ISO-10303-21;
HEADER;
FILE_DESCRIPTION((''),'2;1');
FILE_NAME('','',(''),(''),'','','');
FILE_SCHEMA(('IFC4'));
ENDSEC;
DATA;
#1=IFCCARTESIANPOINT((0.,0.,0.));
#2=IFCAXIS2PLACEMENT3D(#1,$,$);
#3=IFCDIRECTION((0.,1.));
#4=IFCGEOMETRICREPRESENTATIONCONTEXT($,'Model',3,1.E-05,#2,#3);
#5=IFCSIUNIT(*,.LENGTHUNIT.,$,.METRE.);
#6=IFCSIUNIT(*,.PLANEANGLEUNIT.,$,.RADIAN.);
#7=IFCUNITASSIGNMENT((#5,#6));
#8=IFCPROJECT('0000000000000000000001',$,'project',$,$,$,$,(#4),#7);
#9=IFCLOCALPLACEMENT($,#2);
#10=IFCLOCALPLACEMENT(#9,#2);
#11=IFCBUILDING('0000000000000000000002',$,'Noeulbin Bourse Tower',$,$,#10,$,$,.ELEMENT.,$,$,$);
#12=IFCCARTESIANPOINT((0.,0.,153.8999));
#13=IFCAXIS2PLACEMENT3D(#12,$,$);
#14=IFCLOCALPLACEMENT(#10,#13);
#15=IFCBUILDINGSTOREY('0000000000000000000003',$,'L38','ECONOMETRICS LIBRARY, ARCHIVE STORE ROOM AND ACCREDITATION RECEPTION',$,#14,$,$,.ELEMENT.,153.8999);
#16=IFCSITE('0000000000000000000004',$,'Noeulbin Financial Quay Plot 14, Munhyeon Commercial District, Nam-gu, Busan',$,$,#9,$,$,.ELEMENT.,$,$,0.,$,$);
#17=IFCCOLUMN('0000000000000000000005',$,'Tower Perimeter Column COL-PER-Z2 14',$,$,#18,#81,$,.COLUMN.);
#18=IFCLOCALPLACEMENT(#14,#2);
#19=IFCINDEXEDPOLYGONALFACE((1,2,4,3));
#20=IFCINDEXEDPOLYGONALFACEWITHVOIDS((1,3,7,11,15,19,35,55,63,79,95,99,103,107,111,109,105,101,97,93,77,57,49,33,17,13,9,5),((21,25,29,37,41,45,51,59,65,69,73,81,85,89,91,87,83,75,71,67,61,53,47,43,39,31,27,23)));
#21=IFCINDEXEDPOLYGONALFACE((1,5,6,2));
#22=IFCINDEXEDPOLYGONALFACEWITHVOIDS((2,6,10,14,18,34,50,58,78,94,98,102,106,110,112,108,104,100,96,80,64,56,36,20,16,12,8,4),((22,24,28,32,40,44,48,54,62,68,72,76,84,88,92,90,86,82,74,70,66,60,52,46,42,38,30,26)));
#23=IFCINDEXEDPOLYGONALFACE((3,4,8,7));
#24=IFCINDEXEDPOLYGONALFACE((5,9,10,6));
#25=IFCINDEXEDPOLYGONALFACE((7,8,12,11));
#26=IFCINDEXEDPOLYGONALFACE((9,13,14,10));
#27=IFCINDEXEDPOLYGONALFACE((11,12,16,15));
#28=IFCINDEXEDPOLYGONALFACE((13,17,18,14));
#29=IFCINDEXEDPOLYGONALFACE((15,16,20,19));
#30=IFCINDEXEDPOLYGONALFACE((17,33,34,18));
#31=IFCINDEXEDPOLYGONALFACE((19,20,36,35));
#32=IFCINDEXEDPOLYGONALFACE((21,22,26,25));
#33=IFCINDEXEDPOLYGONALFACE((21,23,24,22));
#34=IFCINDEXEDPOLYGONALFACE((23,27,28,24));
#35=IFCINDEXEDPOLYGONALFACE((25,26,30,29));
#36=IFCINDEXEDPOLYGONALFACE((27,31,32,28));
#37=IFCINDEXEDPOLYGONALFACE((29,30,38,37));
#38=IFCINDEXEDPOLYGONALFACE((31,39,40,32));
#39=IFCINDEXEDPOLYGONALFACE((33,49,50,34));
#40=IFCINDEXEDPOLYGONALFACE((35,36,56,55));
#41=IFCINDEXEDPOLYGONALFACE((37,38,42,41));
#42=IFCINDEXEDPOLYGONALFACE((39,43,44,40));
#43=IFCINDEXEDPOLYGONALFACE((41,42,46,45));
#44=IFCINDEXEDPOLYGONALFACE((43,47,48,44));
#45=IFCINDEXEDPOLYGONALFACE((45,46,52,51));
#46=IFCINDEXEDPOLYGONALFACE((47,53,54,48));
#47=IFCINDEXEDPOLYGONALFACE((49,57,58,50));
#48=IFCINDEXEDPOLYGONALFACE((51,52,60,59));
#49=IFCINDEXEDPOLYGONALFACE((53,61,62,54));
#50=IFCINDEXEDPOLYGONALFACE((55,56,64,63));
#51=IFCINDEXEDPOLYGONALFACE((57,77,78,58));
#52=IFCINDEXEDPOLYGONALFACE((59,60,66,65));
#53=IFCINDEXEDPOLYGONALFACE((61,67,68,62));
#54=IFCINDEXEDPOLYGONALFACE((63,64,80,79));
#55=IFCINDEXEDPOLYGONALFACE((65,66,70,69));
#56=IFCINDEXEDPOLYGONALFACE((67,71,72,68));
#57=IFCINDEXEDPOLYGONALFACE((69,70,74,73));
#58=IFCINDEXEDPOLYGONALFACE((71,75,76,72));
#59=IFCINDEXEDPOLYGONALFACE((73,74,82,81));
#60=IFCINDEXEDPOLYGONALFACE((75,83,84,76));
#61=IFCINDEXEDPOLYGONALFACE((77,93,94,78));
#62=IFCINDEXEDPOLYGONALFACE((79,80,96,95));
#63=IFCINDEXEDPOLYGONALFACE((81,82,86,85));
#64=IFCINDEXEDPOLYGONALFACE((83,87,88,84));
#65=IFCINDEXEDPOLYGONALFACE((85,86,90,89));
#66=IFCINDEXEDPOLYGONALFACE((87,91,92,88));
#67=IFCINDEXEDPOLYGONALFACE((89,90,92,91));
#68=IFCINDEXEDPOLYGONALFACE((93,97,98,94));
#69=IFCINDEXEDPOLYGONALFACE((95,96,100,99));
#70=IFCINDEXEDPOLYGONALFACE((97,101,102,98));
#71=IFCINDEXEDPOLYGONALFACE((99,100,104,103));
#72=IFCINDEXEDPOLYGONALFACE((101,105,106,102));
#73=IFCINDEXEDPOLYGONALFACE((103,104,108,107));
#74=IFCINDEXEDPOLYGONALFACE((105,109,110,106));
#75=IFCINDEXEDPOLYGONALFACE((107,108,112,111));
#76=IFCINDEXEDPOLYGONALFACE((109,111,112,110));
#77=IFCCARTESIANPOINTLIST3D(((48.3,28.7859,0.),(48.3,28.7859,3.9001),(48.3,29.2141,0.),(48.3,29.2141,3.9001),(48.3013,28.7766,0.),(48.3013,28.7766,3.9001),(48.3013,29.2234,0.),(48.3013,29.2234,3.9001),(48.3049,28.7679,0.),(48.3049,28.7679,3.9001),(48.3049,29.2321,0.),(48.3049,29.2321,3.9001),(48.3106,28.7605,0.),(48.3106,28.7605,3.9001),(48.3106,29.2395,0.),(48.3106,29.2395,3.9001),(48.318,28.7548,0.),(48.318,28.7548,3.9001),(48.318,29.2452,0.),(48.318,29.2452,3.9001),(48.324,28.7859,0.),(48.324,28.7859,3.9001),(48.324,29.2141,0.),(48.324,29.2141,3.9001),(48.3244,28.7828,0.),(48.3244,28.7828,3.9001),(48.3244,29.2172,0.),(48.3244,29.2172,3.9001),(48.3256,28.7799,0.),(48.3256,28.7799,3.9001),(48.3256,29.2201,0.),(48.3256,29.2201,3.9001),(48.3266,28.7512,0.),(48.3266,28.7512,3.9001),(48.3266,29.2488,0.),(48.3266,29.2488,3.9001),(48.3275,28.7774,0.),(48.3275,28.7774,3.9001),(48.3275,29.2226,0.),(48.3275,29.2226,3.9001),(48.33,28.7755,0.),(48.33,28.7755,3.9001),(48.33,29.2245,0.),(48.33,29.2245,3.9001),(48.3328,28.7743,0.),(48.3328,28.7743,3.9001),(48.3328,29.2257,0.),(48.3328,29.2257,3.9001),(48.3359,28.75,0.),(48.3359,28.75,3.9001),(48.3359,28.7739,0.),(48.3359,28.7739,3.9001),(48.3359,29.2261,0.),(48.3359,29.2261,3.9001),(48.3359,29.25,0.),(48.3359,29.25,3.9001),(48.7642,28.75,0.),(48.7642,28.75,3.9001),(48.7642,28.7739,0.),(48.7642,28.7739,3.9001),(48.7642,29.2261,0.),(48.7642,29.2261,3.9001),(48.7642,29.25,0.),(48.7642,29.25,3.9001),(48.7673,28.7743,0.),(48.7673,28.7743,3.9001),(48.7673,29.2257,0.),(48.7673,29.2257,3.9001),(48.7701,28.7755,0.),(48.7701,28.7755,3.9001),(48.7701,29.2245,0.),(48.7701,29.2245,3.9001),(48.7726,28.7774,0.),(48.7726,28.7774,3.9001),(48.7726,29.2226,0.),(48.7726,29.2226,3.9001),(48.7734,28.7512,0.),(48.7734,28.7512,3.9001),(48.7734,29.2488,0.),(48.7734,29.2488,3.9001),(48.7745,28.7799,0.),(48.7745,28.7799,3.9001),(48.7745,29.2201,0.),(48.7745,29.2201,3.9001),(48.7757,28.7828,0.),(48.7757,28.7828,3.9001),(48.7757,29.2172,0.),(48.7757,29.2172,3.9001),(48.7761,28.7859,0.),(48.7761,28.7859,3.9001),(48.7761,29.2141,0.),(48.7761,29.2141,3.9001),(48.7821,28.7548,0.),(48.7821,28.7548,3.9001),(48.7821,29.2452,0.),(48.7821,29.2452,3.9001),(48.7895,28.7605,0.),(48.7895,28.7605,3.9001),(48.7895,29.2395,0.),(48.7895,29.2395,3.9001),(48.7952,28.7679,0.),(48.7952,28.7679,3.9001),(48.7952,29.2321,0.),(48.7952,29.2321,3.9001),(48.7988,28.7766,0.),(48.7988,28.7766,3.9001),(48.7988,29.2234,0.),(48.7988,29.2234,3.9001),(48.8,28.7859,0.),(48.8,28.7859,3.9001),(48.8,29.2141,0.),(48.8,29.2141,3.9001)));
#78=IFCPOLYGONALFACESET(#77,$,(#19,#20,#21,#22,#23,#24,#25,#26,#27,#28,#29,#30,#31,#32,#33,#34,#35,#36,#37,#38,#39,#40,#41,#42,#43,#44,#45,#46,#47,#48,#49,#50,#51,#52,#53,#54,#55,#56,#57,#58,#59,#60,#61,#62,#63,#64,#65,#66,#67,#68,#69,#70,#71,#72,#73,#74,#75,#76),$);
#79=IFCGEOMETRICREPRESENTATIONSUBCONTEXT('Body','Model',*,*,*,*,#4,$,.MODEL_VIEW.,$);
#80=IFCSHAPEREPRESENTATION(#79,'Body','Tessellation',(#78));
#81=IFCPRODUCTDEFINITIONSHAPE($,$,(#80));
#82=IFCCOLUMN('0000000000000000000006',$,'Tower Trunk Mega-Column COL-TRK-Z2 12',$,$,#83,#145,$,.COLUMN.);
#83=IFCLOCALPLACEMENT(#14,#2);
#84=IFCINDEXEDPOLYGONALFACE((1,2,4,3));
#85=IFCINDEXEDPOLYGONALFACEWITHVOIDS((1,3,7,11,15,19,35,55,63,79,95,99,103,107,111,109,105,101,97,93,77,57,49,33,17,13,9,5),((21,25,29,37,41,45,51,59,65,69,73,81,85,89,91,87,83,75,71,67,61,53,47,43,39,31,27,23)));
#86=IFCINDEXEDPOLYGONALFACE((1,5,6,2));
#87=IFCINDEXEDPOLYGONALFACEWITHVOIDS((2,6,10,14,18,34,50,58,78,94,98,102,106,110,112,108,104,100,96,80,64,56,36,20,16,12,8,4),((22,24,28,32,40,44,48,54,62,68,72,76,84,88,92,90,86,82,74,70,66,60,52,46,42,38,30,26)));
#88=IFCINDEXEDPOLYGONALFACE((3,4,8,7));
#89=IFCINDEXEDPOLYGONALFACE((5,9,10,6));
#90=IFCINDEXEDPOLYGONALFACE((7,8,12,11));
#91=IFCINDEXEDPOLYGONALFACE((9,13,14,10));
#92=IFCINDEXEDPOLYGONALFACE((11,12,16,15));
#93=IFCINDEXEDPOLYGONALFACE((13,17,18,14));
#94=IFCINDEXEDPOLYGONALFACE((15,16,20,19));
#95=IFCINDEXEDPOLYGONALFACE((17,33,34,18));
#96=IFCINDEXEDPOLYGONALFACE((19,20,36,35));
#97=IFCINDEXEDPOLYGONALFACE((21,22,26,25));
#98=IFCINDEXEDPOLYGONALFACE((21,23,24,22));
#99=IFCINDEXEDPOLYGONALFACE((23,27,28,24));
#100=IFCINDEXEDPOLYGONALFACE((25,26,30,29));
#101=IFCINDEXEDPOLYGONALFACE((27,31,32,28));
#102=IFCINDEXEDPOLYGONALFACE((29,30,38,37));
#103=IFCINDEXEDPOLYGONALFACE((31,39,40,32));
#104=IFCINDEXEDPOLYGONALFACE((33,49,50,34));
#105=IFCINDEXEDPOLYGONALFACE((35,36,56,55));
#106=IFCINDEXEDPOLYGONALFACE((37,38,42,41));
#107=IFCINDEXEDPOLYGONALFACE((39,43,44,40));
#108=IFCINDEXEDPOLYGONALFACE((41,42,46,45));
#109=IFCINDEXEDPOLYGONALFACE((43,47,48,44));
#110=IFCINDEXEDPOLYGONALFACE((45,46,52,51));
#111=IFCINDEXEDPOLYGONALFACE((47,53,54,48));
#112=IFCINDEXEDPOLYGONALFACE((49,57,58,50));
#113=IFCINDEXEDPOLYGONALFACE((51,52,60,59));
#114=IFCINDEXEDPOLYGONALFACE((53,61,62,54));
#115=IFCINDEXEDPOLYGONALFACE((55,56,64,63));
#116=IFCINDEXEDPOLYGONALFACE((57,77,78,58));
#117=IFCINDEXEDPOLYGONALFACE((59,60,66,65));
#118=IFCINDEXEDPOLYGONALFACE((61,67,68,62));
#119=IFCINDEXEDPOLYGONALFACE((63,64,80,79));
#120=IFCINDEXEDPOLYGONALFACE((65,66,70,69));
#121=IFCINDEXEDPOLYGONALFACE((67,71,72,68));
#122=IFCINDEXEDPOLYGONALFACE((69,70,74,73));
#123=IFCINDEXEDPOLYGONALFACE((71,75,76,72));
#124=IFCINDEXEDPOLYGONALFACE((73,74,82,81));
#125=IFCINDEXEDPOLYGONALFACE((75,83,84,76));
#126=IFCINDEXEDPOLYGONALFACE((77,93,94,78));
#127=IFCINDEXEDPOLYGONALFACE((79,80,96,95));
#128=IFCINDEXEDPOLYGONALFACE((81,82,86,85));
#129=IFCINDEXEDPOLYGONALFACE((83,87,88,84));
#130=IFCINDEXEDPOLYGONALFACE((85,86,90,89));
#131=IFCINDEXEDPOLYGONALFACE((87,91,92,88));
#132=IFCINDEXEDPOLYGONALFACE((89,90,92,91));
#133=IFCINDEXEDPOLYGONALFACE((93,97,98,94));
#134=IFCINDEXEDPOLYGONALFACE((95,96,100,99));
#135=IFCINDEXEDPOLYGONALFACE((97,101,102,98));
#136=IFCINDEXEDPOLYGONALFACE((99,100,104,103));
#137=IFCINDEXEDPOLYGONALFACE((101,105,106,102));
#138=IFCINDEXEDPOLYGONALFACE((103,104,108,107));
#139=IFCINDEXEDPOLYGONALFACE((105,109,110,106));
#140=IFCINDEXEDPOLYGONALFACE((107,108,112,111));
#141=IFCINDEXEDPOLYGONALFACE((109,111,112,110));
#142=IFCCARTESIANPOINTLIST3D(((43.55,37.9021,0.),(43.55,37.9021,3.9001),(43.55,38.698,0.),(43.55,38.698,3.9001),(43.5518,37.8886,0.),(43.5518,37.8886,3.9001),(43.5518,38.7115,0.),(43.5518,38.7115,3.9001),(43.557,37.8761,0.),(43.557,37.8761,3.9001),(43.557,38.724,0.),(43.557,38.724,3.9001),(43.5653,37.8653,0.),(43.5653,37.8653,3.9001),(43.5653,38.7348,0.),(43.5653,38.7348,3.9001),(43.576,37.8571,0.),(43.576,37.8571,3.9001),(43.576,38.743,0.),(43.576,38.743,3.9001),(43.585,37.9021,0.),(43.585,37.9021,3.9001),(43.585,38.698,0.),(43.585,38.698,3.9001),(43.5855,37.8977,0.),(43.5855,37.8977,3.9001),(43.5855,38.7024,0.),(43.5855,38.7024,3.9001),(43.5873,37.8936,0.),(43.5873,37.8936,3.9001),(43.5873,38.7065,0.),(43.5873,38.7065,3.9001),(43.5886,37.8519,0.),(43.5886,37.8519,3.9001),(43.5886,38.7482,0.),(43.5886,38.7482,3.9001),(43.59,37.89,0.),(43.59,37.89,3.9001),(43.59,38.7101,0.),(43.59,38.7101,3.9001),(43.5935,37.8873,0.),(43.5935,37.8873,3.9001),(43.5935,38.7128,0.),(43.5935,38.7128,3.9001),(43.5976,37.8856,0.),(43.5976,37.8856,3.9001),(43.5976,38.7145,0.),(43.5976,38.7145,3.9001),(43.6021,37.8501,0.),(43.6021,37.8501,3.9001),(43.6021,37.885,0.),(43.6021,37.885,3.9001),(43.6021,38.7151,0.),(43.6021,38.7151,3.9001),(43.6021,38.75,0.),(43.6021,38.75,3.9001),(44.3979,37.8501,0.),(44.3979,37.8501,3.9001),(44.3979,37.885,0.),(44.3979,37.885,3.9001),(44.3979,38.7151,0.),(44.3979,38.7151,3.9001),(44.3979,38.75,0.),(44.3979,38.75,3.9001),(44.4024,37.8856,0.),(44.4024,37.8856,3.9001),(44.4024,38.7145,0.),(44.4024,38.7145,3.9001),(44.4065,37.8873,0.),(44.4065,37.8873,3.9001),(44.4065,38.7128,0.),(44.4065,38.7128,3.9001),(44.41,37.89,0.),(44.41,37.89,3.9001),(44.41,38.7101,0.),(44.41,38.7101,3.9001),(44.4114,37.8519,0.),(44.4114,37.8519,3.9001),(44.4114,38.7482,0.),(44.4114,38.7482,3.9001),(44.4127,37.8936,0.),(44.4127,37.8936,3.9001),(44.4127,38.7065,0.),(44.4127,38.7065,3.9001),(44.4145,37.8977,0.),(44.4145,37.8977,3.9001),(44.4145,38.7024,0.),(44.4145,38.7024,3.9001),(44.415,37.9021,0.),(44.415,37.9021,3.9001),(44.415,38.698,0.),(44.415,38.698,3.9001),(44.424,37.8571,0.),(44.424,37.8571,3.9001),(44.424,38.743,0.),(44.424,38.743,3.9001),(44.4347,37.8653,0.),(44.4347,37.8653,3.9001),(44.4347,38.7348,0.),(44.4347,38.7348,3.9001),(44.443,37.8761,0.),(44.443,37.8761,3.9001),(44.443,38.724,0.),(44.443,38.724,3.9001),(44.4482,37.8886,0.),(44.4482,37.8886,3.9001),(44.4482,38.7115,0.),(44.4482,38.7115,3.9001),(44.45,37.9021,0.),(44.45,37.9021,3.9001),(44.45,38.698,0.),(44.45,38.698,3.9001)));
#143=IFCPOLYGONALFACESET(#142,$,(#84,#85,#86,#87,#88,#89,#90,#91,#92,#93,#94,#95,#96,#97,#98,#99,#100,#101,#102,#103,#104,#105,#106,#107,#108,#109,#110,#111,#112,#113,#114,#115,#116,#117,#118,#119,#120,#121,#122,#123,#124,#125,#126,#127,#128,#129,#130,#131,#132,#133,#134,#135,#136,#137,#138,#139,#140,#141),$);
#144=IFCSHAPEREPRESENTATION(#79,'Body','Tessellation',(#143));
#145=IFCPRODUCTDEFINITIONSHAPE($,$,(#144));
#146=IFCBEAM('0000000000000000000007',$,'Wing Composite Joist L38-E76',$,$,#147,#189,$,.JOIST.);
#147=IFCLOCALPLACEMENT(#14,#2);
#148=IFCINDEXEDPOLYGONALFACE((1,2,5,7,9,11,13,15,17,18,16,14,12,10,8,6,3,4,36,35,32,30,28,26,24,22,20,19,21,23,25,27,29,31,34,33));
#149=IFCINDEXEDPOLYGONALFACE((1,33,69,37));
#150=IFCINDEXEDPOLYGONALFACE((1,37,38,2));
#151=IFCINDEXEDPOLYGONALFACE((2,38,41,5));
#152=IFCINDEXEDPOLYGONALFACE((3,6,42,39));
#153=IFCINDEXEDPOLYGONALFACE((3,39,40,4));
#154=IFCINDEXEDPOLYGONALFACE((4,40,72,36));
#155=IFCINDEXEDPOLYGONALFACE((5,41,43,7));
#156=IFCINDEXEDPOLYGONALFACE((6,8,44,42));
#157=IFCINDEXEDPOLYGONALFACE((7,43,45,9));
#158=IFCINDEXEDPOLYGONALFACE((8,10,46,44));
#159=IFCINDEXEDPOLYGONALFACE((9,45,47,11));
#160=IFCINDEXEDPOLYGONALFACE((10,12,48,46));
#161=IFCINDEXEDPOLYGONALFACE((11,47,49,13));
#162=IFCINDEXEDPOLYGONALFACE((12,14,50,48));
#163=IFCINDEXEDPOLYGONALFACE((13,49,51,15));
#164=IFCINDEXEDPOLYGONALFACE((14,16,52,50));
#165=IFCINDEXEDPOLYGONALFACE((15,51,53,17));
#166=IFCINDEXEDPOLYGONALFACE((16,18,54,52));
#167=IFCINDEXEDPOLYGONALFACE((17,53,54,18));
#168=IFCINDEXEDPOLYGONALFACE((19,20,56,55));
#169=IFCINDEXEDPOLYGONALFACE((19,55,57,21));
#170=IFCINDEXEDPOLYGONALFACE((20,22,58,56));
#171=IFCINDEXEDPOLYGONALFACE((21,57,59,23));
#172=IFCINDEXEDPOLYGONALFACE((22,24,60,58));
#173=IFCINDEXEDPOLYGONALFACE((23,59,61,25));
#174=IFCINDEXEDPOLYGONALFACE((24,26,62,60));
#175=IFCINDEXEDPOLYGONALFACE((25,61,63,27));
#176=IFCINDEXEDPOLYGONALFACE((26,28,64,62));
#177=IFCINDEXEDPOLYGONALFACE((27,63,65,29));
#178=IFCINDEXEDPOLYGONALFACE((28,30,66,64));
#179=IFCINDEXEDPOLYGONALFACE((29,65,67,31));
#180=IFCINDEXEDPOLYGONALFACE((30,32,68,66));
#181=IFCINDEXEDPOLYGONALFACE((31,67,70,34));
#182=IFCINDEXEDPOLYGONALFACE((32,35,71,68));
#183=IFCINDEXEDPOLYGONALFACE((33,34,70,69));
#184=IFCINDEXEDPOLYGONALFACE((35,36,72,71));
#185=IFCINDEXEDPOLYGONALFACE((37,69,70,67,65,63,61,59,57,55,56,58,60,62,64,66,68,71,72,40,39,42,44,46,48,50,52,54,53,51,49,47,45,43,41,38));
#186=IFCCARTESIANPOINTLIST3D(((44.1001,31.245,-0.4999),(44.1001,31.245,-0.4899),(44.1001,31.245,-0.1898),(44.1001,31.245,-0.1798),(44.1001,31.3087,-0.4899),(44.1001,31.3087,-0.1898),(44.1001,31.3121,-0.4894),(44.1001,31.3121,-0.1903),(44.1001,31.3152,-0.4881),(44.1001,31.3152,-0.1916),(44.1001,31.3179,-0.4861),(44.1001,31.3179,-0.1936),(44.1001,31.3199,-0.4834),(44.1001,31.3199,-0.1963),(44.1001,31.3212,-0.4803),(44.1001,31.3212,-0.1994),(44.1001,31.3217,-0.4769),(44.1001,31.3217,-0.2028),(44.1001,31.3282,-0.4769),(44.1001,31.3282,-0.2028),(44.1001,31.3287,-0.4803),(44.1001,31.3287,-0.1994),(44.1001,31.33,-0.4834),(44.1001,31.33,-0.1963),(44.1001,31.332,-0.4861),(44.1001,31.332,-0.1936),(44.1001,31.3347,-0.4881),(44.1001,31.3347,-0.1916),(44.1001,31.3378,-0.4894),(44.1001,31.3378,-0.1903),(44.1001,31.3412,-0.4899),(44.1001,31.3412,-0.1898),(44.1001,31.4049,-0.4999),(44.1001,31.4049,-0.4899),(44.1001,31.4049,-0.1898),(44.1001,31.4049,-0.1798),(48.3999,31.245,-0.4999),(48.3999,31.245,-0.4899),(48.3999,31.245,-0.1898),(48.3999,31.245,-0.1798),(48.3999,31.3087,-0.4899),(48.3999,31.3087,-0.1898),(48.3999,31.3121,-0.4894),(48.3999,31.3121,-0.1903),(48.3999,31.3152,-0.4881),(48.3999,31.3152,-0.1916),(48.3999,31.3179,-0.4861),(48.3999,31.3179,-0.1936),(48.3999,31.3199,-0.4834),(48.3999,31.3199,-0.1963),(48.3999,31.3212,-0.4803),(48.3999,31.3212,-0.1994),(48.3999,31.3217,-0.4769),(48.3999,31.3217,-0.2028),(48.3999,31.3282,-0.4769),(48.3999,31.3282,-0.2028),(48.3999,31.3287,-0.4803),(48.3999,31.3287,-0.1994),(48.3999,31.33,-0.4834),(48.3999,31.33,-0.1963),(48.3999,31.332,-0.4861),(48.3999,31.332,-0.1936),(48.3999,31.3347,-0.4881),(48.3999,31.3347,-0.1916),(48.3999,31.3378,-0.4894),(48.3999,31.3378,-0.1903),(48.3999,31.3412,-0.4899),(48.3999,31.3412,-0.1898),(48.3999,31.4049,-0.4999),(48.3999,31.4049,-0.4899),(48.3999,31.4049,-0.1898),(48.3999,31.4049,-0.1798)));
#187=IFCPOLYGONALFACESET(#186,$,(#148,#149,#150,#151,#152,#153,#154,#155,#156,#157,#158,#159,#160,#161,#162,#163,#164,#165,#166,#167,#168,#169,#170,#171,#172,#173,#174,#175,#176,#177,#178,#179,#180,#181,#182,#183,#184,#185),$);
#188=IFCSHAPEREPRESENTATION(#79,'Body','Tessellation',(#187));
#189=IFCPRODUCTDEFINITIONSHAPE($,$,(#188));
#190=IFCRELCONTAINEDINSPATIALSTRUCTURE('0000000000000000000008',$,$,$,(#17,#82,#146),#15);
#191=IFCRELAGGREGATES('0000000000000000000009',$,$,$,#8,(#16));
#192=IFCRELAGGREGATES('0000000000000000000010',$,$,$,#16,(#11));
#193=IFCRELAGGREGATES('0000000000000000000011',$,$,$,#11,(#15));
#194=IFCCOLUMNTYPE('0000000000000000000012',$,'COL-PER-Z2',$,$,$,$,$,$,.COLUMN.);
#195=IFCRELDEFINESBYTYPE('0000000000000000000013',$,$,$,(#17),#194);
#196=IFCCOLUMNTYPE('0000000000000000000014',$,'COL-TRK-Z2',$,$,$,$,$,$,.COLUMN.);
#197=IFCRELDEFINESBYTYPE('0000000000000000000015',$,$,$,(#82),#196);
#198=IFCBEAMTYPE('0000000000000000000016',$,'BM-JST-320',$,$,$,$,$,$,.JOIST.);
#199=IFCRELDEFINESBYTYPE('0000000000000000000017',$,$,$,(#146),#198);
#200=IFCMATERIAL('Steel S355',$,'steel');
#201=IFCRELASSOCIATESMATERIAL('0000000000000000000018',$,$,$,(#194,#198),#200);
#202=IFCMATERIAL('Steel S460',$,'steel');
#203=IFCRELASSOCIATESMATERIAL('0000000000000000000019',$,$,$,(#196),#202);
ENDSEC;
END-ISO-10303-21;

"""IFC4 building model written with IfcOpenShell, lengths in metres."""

from ifc_helpers import new_model, si_unit, direction, frame, origin, origin_2d, place, context, subcontext, project, spatial, hollow_rectangle, i_section, extrude, material, material_profile, profile_set, type_object, element, save


model = new_model("IFC4")

# Units and contexts
model_context = context("Model", 3, precision=1e-05, world=origin(), true_north=direction((0.0, 1.0)))
body_context = subcontext(model_context, "Body", "Model", "MODEL_VIEW")
ifc_project = project(units=[si_unit("LENGTHUNIT", "METRE"), si_unit("PLANEANGLEUNIT", "RADIAN")], contexts=[model_context])

# Site, building, storey
site_placement = place(None, origin())
site = spatial("IfcSite", under=ifc_project, at=site_placement, Name="Noeulbin Financial Quay Plot 14, Munhyeon Commercial District, Nam-gu, Busan", CompositionType="ELEMENT", RefElevation=0.0)
building_placement = place(site_placement, origin())
building = spatial("IfcBuilding", under=site, at=building_placement, Name="Noeulbin Bourse Tower", CompositionType="ELEMENT")
storey_placement = place(building_placement, frame((0.0, 0.0, 153.8999)))
storey = spatial("IfcBuildingStorey", under=building, at=storey_placement, Name="L38", Description="ECONOMETRICS LIBRARY, ARCHIVE STORE ROOM AND ACCREDITATION RECEPTION", CompositionType="ELEMENT", Elevation=153.8999)

# Columns
ifc_material_1 = material(Name="Steel S355", Category="steel")
ifc_material_profile_1 = material_profile(ifc_material_1, hollow_rectangle(XDim=0.5, YDim=0.5, WallThickness=0.0239, InnerFilletRadius=0.012, OuterFilletRadius=0.0359, at=origin_2d()), Name="BOX-500x500x24", Category="LoadBearing")
ifc_profile_set_1 = profile_set([ifc_material_profile_1], Name="Steel S355")
column_type_1 = type_object("IfcColumnType", Name="COL-PER-Z2", PredefinedType="COLUMN", material=ifc_profile_set_1)
column_1_placement = place(storey_placement, frame((48.55, 29.0, 0.0), z_axis=(0.0, 0.0, 1.0), x_axis=(1.0, 0.0, 0.0)))
element("IfcColumn", 1, at=column_1_placement, inside=storey, type_object=column_type_1, Name="Tower Perimeter Column COL-PER-Z2 14", PredefinedType="COLUMN", context=body_context, shape_type="SweptSolid", body=[
    extrude(hollow_rectangle(XDim=0.5, YDim=0.5, WallThickness=0.0239, InnerFilletRadius=0.012, OuterFilletRadius=0.0359, at=origin_2d()), origin(), (0.0, 0.0, 1.0), 3.9001),
])
ifc_material_2 = material(Name="Steel S460", Category="steel")
ifc_material_profile_2 = material_profile(ifc_material_2, hollow_rectangle(XDim=0.8999, YDim=0.8999, WallThickness=0.0349, InnerFilletRadius=0.0171, OuterFilletRadius=0.052, at=origin_2d()), Name="BOX-900x900x35", Category="LoadBearing")
ifc_profile_set_2 = profile_set([ifc_material_profile_2], Name="Steel S460")
column_type_2 = type_object("IfcColumnType", Name="COL-TRK-Z2", PredefinedType="COLUMN", material=ifc_profile_set_2)
column_2_placement = place(storey_placement, frame((44.0, 38.3, 0.0), z_axis=(0.0, 0.0, 1.0), x_axis=(1.0, 0.0, 0.0)))
element("IfcColumn", 2, at=column_2_placement, inside=storey, type_object=column_type_2, Name="Tower Trunk Mega-Column COL-TRK-Z2 12", PredefinedType="COLUMN", context=body_context, shape_type="SweptSolid", body=[
    extrude(hollow_rectangle(XDim=0.8999, YDim=0.8999, WallThickness=0.0349, InnerFilletRadius=0.0171, OuterFilletRadius=0.052, at=origin_2d()), origin(), (0.0, 0.0, 1.0), 3.9001),
])

# Beam
ifc_material_profile_3 = material_profile(ifc_material_1, i_section(OverallWidth=0.1599, OverallDepth=0.3201, WebThickness=0.0066, FlangeThickness=0.01, FilletRadius=0.0129, at=origin_2d()), Name="H-320x160x6.5x10", Category="LoadBearing")
ifc_profile_set_3 = profile_set([ifc_material_profile_3], Name="Steel S355")
beam_type_1 = type_object("IfcBeamType", Name="BM-JST-320", PredefinedType="JOIST", material=ifc_profile_set_3)
for number, where, z_axis, x_axis, name in (
    (3, (44.1001, 31.325, -0.3398), (1.0, 0.0, 0.0), (0.0, 1.0, 0.0), "Wing Composite Joist L38-E76"),
):
    element("IfcBeam", number, at=place(storey_placement, frame(where, z_axis=z_axis, x_axis=x_axis)), inside=storey, type_object=beam_type_1, Name=name, PredefinedType="JOIST", context=body_context, shape_type="SweptSolid", body=[
        extrude(i_section(OverallWidth=0.1599, OverallDepth=0.3201, WebThickness=0.0066, FlangeThickness=0.01, FilletRadius=0.0129, at=origin_2d()), origin(), (0.0, 0.0, 1.0), 4.2998),
    ])

save(model, "model.ifc")
